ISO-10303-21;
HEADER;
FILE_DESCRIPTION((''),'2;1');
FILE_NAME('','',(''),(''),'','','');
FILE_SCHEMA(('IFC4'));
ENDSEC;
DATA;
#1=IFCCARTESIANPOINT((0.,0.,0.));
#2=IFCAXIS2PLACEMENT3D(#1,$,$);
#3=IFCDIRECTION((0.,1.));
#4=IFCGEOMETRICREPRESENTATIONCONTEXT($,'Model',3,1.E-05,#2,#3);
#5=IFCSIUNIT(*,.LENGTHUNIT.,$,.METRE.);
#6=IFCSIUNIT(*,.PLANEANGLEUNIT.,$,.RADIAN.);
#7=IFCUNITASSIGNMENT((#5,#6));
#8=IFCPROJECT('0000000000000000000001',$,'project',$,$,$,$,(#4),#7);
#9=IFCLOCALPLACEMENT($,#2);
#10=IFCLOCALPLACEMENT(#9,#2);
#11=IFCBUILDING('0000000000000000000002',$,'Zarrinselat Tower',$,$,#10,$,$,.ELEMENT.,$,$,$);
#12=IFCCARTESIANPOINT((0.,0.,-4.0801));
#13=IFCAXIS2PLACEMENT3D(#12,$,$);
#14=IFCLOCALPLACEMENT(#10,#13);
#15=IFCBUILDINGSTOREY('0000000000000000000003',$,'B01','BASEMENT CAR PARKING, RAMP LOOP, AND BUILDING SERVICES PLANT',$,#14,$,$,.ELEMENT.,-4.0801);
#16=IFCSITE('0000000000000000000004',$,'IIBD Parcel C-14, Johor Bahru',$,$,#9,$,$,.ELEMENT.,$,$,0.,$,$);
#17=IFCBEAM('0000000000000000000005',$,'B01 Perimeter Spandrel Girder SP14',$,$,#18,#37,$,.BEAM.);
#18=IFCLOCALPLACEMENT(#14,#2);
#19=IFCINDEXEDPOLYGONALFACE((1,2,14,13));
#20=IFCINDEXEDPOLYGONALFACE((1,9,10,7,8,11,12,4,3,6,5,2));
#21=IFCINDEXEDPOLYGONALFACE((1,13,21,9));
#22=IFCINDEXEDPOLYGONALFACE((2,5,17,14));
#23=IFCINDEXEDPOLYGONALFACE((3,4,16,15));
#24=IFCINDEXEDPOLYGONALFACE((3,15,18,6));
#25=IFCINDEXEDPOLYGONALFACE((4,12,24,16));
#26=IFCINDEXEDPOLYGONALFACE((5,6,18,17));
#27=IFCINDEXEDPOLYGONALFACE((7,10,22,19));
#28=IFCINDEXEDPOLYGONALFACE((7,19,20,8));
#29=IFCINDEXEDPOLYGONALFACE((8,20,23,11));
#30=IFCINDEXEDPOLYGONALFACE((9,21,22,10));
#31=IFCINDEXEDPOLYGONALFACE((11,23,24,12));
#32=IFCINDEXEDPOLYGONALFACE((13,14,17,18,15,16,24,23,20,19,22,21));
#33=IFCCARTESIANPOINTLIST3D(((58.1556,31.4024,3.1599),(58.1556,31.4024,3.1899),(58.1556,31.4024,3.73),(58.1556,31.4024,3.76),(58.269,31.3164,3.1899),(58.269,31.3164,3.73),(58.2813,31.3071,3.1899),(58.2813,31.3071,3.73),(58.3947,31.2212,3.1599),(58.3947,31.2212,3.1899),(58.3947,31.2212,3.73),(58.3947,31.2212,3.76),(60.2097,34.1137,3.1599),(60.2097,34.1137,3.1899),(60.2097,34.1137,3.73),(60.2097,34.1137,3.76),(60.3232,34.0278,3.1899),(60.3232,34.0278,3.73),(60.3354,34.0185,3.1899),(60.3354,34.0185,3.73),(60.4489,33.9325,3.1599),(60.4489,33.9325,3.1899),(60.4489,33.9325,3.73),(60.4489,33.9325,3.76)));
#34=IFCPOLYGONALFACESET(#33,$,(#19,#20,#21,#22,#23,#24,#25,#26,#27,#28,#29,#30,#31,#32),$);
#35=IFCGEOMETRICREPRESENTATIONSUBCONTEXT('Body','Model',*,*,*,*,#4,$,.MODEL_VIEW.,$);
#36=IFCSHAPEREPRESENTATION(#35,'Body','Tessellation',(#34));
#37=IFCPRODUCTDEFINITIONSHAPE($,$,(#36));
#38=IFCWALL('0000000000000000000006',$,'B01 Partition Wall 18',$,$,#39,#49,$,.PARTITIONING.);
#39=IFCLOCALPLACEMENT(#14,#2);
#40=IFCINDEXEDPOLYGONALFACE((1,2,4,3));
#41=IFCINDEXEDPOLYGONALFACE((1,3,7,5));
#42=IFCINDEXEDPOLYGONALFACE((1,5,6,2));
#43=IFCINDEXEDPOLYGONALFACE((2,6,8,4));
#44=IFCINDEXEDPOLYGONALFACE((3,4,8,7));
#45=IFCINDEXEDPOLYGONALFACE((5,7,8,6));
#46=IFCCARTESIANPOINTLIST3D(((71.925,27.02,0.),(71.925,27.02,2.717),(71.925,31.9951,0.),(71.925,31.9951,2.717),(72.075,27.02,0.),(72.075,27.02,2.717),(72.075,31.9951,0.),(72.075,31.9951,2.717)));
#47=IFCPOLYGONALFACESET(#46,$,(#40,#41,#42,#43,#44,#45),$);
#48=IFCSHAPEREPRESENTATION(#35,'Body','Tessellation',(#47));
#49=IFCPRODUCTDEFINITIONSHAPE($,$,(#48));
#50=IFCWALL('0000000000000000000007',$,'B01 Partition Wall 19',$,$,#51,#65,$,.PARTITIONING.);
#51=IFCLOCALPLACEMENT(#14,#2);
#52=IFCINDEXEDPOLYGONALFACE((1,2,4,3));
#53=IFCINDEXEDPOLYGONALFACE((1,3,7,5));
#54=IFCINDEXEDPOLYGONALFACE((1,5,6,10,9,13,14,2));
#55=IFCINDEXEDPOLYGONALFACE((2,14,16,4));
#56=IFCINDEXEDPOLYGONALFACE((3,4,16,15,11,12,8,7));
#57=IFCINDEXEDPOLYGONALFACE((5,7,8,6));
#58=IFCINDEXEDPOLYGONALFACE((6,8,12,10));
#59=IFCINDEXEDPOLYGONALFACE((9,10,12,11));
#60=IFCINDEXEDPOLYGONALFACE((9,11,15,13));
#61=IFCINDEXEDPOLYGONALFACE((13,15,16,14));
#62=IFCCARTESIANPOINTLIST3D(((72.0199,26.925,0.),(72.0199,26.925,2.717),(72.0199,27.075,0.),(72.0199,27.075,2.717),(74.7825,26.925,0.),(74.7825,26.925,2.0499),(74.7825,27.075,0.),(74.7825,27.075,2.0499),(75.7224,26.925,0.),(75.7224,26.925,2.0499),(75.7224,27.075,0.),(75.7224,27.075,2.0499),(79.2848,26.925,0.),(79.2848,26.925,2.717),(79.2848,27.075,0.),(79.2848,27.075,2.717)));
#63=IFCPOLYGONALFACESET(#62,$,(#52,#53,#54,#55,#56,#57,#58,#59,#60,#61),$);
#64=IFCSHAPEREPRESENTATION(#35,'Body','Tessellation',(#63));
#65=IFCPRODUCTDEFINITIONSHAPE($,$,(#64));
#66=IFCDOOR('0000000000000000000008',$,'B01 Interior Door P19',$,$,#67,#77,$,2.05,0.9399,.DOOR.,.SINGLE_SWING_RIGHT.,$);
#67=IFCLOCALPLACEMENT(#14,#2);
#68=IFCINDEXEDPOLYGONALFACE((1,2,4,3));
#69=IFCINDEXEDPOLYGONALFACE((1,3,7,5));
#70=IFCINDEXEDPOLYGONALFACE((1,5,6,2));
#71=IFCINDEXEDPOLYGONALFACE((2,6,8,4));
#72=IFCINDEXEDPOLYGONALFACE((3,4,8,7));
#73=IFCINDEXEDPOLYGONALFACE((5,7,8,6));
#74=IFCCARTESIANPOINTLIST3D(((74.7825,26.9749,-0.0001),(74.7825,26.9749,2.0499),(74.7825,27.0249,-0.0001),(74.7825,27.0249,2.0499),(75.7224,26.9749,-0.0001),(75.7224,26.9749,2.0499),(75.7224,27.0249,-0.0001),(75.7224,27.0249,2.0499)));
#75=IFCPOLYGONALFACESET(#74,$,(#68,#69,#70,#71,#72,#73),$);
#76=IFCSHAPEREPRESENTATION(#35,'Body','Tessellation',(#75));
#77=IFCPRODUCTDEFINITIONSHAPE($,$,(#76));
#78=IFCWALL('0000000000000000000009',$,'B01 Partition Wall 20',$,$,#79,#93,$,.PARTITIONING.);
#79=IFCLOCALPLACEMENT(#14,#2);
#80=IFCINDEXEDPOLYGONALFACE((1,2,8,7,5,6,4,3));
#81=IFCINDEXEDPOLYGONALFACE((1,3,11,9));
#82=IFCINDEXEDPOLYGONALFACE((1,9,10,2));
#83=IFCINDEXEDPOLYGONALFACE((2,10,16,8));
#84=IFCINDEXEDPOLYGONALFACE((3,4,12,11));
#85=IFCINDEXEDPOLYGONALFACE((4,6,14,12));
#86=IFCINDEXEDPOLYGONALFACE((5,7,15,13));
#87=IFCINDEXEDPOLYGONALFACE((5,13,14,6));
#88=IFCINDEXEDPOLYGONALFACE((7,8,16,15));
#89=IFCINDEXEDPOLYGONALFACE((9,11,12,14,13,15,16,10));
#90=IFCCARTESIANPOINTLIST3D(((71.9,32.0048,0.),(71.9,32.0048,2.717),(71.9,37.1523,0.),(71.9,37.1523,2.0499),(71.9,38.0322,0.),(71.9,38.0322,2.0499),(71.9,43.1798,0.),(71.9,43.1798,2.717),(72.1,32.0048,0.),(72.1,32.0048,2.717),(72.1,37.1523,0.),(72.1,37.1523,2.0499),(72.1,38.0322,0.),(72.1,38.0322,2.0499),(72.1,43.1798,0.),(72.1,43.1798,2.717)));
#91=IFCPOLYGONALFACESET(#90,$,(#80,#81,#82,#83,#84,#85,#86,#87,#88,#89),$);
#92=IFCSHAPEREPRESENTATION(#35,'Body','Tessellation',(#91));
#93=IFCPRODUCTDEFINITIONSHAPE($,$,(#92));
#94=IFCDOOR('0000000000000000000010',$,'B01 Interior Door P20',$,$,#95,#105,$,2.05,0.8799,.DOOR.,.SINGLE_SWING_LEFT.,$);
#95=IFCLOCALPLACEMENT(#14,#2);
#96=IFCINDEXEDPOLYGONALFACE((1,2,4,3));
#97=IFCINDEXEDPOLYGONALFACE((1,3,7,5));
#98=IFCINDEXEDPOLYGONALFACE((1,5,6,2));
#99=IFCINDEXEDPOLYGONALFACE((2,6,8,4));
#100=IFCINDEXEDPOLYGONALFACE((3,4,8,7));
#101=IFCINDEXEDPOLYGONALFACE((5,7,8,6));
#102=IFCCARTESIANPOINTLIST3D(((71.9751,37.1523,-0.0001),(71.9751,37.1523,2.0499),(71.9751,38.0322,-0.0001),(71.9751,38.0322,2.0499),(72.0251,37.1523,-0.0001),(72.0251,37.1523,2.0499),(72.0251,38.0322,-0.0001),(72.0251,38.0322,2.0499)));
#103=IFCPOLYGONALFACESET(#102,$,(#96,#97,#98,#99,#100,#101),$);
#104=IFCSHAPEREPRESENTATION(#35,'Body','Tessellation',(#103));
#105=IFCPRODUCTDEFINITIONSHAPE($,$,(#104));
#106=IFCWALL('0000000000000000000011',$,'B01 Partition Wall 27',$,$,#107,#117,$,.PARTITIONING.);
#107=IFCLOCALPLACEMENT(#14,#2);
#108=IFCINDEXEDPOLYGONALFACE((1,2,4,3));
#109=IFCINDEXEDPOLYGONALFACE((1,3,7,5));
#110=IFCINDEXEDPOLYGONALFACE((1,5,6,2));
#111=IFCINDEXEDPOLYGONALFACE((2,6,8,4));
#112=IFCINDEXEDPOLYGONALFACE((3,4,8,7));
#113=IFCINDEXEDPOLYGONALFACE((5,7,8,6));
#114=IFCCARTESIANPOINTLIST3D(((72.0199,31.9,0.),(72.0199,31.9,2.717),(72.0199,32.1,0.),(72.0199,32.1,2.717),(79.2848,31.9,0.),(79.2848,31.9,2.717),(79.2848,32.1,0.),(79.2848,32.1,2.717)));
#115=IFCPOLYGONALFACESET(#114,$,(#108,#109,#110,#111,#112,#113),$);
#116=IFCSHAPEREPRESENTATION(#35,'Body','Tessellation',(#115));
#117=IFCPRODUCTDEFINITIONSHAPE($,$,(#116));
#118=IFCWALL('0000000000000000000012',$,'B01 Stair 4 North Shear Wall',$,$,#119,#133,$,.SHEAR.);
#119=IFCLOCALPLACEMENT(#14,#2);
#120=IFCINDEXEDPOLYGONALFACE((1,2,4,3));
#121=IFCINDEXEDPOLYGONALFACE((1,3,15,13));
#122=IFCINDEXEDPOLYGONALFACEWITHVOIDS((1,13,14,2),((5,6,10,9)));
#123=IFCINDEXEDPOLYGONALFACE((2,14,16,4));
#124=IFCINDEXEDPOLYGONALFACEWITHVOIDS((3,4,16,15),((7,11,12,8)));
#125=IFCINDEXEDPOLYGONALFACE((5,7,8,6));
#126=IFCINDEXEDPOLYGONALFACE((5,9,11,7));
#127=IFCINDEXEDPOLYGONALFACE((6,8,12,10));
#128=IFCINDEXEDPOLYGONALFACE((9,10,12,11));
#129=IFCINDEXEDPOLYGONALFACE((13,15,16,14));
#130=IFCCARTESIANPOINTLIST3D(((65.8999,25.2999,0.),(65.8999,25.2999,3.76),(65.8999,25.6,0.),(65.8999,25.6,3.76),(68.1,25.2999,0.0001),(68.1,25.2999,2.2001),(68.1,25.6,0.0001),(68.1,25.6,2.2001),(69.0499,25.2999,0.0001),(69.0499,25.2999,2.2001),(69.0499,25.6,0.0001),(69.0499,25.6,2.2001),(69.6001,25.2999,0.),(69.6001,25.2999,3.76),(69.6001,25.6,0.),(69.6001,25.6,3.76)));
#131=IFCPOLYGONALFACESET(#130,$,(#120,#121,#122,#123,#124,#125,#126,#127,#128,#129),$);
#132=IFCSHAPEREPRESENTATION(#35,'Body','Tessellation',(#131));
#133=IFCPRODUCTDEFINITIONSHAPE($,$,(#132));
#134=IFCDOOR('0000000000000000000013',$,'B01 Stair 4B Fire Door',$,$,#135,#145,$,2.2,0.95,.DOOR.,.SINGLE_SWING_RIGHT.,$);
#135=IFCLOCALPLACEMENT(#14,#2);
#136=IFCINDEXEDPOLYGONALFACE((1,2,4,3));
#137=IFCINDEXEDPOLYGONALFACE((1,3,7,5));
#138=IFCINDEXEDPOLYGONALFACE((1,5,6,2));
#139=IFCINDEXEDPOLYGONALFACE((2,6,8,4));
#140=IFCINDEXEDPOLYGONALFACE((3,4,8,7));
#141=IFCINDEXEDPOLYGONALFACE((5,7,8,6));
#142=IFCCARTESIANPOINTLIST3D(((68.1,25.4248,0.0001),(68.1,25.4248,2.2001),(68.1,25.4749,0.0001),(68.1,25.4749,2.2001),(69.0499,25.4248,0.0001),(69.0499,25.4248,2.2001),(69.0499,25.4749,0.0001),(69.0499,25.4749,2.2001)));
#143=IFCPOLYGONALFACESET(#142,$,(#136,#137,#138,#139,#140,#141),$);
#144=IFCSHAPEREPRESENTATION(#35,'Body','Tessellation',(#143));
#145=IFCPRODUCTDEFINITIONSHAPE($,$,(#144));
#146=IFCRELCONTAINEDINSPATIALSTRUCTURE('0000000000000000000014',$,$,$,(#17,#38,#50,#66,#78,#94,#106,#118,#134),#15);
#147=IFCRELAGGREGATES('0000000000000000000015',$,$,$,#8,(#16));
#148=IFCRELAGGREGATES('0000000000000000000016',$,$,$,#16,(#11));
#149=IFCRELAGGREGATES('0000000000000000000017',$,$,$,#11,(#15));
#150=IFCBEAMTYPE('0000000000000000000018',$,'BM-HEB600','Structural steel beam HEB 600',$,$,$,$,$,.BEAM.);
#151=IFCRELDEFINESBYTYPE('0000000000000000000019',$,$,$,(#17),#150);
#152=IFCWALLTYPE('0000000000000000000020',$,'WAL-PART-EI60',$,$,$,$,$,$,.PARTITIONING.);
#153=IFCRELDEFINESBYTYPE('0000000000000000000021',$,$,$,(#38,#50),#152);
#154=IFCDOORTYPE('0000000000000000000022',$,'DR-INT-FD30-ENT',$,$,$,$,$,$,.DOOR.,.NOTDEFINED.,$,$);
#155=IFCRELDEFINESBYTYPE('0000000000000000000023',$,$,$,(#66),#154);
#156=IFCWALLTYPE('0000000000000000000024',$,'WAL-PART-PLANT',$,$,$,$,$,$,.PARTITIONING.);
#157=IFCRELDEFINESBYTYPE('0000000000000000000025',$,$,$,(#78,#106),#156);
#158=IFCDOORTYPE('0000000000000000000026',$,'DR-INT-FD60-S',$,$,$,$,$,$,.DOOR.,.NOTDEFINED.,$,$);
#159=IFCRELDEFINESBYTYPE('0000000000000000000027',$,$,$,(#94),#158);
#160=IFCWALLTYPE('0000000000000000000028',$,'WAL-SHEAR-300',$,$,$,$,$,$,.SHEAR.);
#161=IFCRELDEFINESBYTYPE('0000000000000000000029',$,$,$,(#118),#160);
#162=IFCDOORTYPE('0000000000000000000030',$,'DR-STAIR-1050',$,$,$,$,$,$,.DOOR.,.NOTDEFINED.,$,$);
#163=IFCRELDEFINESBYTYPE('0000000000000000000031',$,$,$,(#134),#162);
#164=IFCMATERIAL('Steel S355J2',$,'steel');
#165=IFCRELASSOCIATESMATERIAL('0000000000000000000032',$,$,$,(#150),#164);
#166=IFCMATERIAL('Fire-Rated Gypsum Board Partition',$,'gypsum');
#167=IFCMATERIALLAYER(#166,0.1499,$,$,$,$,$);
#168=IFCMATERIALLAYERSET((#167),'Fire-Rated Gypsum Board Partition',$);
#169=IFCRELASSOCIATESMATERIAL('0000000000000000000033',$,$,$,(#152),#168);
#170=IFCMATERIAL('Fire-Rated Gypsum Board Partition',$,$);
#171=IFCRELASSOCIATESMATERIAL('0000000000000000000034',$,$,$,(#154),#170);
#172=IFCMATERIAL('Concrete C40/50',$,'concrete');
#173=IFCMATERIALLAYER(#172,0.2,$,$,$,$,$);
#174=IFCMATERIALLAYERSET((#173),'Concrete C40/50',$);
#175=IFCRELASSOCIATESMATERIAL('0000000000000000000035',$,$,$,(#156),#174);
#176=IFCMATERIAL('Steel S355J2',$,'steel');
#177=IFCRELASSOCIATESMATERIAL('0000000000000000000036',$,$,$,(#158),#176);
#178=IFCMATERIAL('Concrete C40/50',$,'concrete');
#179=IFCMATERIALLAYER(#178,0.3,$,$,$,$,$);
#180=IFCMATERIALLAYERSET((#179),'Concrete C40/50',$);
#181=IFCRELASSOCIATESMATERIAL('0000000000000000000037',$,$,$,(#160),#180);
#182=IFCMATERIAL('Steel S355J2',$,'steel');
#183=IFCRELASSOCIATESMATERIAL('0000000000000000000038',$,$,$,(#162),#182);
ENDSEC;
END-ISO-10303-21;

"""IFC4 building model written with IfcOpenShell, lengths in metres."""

from ifc_helpers import new_model, si_unit, direction, frame, frame_2d, origin, origin_2d, place, context, subcontext, project, spatial, rectangle, i_section, extrude, material, layer, layer_set, material_profile, profile_set, type_object, element, fill, save


model = new_model("IFC4")

# Units and contexts
model_context = context("Model", 3, precision=1e-05, world=origin(), true_north=direction((0.0, 1.0)))
body_context = subcontext(model_context, "Body", "Model", "MODEL_VIEW")
ifc_project = project(units=[si_unit("LENGTHUNIT", "METRE"), si_unit("PLANEANGLEUNIT", "RADIAN")], contexts=[model_context])

# Site, building, storey
site_placement = place(None, origin())
site = spatial("IfcSite", under=ifc_project, at=site_placement, Name="IIBD Parcel C-14, Johor Bahru", CompositionType="ELEMENT", RefElevation=0.0)
building_placement = place(site_placement, origin())
building = spatial("IfcBuilding", under=site, at=building_placement, Name="Zarrinselat Tower", CompositionType="ELEMENT")
storey_placement = place(building_placement, frame((0.0, 0.0, -4.0801)))
storey = spatial("IfcBuildingStorey", under=building, at=storey_placement, Name="B01", Description="BASEMENT CAR PARKING, RAMP LOOP, AND BUILDING SERVICES PLANT", CompositionType="ELEMENT", Elevation=-4.0801)

# Beam
ifc_material_1 = material(Name="Steel S355J2", Category="steel")
ifc_material_profile_1 = material_profile(ifc_material_1, i_section(OverallWidth=0.3, OverallDepth=0.6001, WebThickness=0.0154, FlangeThickness=0.03, at=origin_2d()), Name="HEB 600")
ifc_profile_set_1 = profile_set([ifc_material_profile_1], Name="Steel S355J2")
beam_type = type_object("IfcBeamType", Name="BM-HEB600", Description="Structural steel beam HEB 600", PredefinedType="BEAM", material=ifc_profile_set_1)
beam_1_placement = place(storey_placement, frame((58.2751, 31.3118, 3.46), z_axis=(0.603874, 0.79708, 0.0), x_axis=(-0.79708, 0.603874, 0.0)))
element("IfcBeam", 1, at=beam_1_placement, inside=storey, type_object=beam_type, Name="B01 Perimeter Spandrel Girder SP14", PredefinedType="BEAM", context=body_context, shape_type="SweptSolid", body=[
    extrude(i_section(OverallWidth=0.3, OverallDepth=0.6001, WebThickness=0.0154, FlangeThickness=0.03, at=origin_2d()), origin(), (0.0, 0.0, 1.0), 3.4016),
])

# Wall
ifc_material_2 = material(Name="Fire-Rated Gypsum Board Partition", Category="gypsum")
ifc_layer_1 = layer(ifc_material_2, 0.1499)
ifc_layer_set_1 = layer_set([ifc_layer_1], Name="Fire-Rated Gypsum Board Partition")
wall_type_1 = type_object("IfcWallType", Name="WAL-PART-EI60", PredefinedType="PARTITIONING", material=ifc_layer_set_1)
wall_1_placement = place(storey_placement, frame((72.0, 27.02, 0.0), z_axis=(0.0, 0.0, 1.0), x_axis=(0.0, 1.0, 0.0)))
element("IfcWall", 2, at=wall_1_placement, inside=storey, type_object=wall_type_1, Name="B01 Partition Wall 18", PredefinedType="PARTITIONING", context=body_context, shape_type="SweptSolid", body=[
    extrude(rectangle(XDim=4.9751, YDim=0.1499, at=frame_2d((2.4875, 0.0))), origin(), (0.0, 0.0, 1.0), 2.717),
])

# Walls, openings, doors
wall_2_placement = place(storey_placement, frame((72.02, 27.0, 0.0), z_axis=(0.0, 0.0, 1.0), x_axis=(1.0, 0.0, 0.0)))
wall_2 = element("IfcWall", 3, at=wall_2_placement, inside=storey, type_object=wall_type_1, Name="B01 Partition Wall 19", PredefinedType="PARTITIONING", context=body_context, shape_type="SweptSolid", body=[
    extrude(rectangle(XDim=7.2649, YDim=0.1499, at=frame_2d((3.6323, 0.0))), origin(), (0.0, 0.0, 1.0), 2.717),
])
opening_1_placement = place(wall_2_placement, frame((2.7625, 0.0, 0.0)))
opening_1 = element("IfcOpeningElement", 4, at=opening_1_placement, cuts=wall_2, PredefinedType="OPENING", context=body_context, shape_type="SweptSolid", body=[
    extrude(rectangle(XDim=0.9399, YDim=2.05, at=frame_2d((0.47, 1.0249))), frame((0.0, 0.085, 0.0), z_axis=(0.0, -1.0, 0.0), x_axis=(1.0, 0.0, 0.0)), (0.0, 0.0, 1.0), 0.1699),
])
ifc_material_3 = material(Name="Fire-Rated Gypsum Board Partition")
door_type_1 = type_object("IfcDoorType", Name="DR-INT-FD30-ENT", OperationType="NOTDEFINED", PredefinedType="DOOR", material=ifc_material_3)
door_1_placement = place(opening_1_placement, origin())
door_1 = element("IfcDoor", 5, at=door_1_placement, inside=storey, type_object=door_type_1, Name="B01 Interior Door P19", OperationType="SINGLE_SWING_RIGHT", OverallHeight=2.05, OverallWidth=0.9399, PredefinedType="DOOR", context=body_context, shape_type="SweptSolid", body=[
    extrude(rectangle(XDim=0.9399, YDim=2.05, at=frame_2d((0.47, 1.0249))), frame((0.0, 0.0249, 0.0), z_axis=(0.0, -1.0, 0.0), x_axis=(1.0, 0.0, 0.0)), (0.0, 0.0, 1.0), 0.05),
])
fill(opening_1, door_1)
ifc_material_4 = material(Name="Concrete C40/50", Category="concrete")
ifc_layer_2 = layer(ifc_material_4, 0.2)
ifc_layer_set_2 = layer_set([ifc_layer_2], Name="Concrete C40/50")
wall_type_2 = type_object("IfcWallType", Name="WAL-PART-PLANT", PredefinedType="PARTITIONING", material=ifc_layer_set_2)
wall_3_placement = place(storey_placement, frame((72.0, 32.0049, 0.0), z_axis=(0.0, 0.0, 1.0), x_axis=(0.0, 1.0, 0.0)))
wall_3 = element("IfcWall", 6, at=wall_3_placement, inside=storey, type_object=wall_type_2, Name="B01 Partition Wall 20", PredefinedType="PARTITIONING", context=body_context, shape_type="SweptSolid", body=[
    extrude(rectangle(XDim=11.175, YDim=0.2, at=frame_2d((5.5874, 0.0))), origin(), (0.0, 0.0, 1.0), 2.717),
])
opening_2_placement = place(wall_3_placement, frame((5.1475, 0.0, 0.0)))
opening_2 = element("IfcOpeningElement", 7, at=opening_2_placement, cuts=wall_3, PredefinedType="OPENING", context=body_context, shape_type="SweptSolid", body=[
    extrude(rectangle(XDim=0.8799, YDim=2.05, at=frame_2d((0.4399, 1.0249))), frame((0.0, 0.1099, 0.0), z_axis=(0.0, -1.0, 0.0), x_axis=(1.0, 0.0, 0.0)), (0.0, 0.0, 1.0), 0.22),
])
ifc_material_5 = material(Name="Steel S355J2", Category="steel")
door_type_2 = type_object("IfcDoorType", Name="DR-INT-FD60-S", OperationType="NOTDEFINED", PredefinedType="DOOR", material=ifc_material_5)
door_2_placement = place(opening_2_placement, origin())
door_2 = element("IfcDoor", 8, at=door_2_placement, inside=storey, type_object=door_type_2, Name="B01 Interior Door P20", OperationType="SINGLE_SWING_LEFT", OverallHeight=2.05, OverallWidth=0.8799, PredefinedType="DOOR", context=body_context, shape_type="SweptSolid", body=[
    extrude(rectangle(XDim=0.8799, YDim=2.05, at=frame_2d((0.4399, 1.0249))), frame((0.0, 0.0249, 0.0), z_axis=(0.0, -1.0, 0.0), x_axis=(1.0, 0.0, 0.0)), (0.0, 0.0, 1.0), 0.05),
])
fill(opening_2, door_2)

# Wall
wall_4_placement = place(storey_placement, frame((72.02, 32.0, 0.0), z_axis=(0.0, 0.0, 1.0), x_axis=(1.0, 0.0, 0.0)))
element("IfcWall", 9, at=wall_4_placement, inside=storey, type_object=wall_type_2, Name="B01 Partition Wall 27", PredefinedType="PARTITIONING", context=body_context, shape_type="SweptSolid", body=[
    extrude(rectangle(XDim=7.2649, YDim=0.2, at=frame_2d((3.6323, 0.0))), origin(), (0.0, 0.0, 1.0), 2.717),
])

# Wall, opening, door
ifc_material_6 = material(Name="Concrete C40/50", Category="concrete")
ifc_layer_3 = layer(ifc_material_6, 0.3)
ifc_layer_set_3 = layer_set([ifc_layer_3], Name="Concrete C40/50")
wall_type_3 = type_object("IfcWallType", Name="WAL-SHEAR-300", PredefinedType="SHEAR", material=ifc_layer_set_3)
wall_5_placement = place(storey_placement, frame((65.8999, 25.45, 0.0), z_axis=(0.0, 0.0, 1.0), x_axis=(1.0, 0.0, 0.0)))
wall_5 = element("IfcWall", 10, at=wall_5_placement, inside=storey, type_object=wall_type_3, Name="B01 Stair 4 North Shear Wall", PredefinedType="SHEAR", context=body_context, shape_type="SweptSolid", body=[
    extrude(rectangle(XDim=3.7002, YDim=0.3, at=frame_2d((1.8501, 0.0))), origin(), (0.0, 0.0, 1.0), 3.76),
])
opening_3_placement = place(wall_5_placement, frame((2.2, 0.0, 0.0)))
opening_3 = element("IfcOpeningElement", 11, at=opening_3_placement, cuts=wall_5, PredefinedType="OPENING", context=body_context, shape_type="SweptSolid", body=[
    extrude(rectangle(XDim=0.95, YDim=2.2, at=frame_2d((0.4751, 1.1001))), frame((0.0, 0.1599, 0.0), z_axis=(0.0, -1.0, 0.0), x_axis=(1.0, 0.0, 0.0)), (0.0, 0.0, 1.0), 0.3201),
])
ifc_material_7 = material(Name="Steel S355J2", Category="steel")
door_type_3 = type_object("IfcDoorType", Name="DR-STAIR-1050", OperationType="NOTDEFINED", PredefinedType="DOOR", material=ifc_material_7)
door_3_placement = place(opening_3_placement, origin())
door_3 = element("IfcDoor", 12, at=door_3_placement, inside=storey, type_object=door_type_3, Name="B01 Stair 4B Fire Door", OperationType="SINGLE_SWING_RIGHT", OverallHeight=2.2, OverallWidth=0.95, PredefinedType="DOOR", context=body_context, shape_type="SweptSolid", body=[
    extrude(rectangle(XDim=0.95, YDim=2.2, at=frame_2d((0.4751, 1.1001))), frame((0.0, 0.0249, 0.0), z_axis=(0.0, -1.0, 0.0), x_axis=(1.0, 0.0, 0.0)), (0.0, 0.0, 1.0), 0.05),
])
fill(opening_3, door_3)

save(model, "model.ifc")
